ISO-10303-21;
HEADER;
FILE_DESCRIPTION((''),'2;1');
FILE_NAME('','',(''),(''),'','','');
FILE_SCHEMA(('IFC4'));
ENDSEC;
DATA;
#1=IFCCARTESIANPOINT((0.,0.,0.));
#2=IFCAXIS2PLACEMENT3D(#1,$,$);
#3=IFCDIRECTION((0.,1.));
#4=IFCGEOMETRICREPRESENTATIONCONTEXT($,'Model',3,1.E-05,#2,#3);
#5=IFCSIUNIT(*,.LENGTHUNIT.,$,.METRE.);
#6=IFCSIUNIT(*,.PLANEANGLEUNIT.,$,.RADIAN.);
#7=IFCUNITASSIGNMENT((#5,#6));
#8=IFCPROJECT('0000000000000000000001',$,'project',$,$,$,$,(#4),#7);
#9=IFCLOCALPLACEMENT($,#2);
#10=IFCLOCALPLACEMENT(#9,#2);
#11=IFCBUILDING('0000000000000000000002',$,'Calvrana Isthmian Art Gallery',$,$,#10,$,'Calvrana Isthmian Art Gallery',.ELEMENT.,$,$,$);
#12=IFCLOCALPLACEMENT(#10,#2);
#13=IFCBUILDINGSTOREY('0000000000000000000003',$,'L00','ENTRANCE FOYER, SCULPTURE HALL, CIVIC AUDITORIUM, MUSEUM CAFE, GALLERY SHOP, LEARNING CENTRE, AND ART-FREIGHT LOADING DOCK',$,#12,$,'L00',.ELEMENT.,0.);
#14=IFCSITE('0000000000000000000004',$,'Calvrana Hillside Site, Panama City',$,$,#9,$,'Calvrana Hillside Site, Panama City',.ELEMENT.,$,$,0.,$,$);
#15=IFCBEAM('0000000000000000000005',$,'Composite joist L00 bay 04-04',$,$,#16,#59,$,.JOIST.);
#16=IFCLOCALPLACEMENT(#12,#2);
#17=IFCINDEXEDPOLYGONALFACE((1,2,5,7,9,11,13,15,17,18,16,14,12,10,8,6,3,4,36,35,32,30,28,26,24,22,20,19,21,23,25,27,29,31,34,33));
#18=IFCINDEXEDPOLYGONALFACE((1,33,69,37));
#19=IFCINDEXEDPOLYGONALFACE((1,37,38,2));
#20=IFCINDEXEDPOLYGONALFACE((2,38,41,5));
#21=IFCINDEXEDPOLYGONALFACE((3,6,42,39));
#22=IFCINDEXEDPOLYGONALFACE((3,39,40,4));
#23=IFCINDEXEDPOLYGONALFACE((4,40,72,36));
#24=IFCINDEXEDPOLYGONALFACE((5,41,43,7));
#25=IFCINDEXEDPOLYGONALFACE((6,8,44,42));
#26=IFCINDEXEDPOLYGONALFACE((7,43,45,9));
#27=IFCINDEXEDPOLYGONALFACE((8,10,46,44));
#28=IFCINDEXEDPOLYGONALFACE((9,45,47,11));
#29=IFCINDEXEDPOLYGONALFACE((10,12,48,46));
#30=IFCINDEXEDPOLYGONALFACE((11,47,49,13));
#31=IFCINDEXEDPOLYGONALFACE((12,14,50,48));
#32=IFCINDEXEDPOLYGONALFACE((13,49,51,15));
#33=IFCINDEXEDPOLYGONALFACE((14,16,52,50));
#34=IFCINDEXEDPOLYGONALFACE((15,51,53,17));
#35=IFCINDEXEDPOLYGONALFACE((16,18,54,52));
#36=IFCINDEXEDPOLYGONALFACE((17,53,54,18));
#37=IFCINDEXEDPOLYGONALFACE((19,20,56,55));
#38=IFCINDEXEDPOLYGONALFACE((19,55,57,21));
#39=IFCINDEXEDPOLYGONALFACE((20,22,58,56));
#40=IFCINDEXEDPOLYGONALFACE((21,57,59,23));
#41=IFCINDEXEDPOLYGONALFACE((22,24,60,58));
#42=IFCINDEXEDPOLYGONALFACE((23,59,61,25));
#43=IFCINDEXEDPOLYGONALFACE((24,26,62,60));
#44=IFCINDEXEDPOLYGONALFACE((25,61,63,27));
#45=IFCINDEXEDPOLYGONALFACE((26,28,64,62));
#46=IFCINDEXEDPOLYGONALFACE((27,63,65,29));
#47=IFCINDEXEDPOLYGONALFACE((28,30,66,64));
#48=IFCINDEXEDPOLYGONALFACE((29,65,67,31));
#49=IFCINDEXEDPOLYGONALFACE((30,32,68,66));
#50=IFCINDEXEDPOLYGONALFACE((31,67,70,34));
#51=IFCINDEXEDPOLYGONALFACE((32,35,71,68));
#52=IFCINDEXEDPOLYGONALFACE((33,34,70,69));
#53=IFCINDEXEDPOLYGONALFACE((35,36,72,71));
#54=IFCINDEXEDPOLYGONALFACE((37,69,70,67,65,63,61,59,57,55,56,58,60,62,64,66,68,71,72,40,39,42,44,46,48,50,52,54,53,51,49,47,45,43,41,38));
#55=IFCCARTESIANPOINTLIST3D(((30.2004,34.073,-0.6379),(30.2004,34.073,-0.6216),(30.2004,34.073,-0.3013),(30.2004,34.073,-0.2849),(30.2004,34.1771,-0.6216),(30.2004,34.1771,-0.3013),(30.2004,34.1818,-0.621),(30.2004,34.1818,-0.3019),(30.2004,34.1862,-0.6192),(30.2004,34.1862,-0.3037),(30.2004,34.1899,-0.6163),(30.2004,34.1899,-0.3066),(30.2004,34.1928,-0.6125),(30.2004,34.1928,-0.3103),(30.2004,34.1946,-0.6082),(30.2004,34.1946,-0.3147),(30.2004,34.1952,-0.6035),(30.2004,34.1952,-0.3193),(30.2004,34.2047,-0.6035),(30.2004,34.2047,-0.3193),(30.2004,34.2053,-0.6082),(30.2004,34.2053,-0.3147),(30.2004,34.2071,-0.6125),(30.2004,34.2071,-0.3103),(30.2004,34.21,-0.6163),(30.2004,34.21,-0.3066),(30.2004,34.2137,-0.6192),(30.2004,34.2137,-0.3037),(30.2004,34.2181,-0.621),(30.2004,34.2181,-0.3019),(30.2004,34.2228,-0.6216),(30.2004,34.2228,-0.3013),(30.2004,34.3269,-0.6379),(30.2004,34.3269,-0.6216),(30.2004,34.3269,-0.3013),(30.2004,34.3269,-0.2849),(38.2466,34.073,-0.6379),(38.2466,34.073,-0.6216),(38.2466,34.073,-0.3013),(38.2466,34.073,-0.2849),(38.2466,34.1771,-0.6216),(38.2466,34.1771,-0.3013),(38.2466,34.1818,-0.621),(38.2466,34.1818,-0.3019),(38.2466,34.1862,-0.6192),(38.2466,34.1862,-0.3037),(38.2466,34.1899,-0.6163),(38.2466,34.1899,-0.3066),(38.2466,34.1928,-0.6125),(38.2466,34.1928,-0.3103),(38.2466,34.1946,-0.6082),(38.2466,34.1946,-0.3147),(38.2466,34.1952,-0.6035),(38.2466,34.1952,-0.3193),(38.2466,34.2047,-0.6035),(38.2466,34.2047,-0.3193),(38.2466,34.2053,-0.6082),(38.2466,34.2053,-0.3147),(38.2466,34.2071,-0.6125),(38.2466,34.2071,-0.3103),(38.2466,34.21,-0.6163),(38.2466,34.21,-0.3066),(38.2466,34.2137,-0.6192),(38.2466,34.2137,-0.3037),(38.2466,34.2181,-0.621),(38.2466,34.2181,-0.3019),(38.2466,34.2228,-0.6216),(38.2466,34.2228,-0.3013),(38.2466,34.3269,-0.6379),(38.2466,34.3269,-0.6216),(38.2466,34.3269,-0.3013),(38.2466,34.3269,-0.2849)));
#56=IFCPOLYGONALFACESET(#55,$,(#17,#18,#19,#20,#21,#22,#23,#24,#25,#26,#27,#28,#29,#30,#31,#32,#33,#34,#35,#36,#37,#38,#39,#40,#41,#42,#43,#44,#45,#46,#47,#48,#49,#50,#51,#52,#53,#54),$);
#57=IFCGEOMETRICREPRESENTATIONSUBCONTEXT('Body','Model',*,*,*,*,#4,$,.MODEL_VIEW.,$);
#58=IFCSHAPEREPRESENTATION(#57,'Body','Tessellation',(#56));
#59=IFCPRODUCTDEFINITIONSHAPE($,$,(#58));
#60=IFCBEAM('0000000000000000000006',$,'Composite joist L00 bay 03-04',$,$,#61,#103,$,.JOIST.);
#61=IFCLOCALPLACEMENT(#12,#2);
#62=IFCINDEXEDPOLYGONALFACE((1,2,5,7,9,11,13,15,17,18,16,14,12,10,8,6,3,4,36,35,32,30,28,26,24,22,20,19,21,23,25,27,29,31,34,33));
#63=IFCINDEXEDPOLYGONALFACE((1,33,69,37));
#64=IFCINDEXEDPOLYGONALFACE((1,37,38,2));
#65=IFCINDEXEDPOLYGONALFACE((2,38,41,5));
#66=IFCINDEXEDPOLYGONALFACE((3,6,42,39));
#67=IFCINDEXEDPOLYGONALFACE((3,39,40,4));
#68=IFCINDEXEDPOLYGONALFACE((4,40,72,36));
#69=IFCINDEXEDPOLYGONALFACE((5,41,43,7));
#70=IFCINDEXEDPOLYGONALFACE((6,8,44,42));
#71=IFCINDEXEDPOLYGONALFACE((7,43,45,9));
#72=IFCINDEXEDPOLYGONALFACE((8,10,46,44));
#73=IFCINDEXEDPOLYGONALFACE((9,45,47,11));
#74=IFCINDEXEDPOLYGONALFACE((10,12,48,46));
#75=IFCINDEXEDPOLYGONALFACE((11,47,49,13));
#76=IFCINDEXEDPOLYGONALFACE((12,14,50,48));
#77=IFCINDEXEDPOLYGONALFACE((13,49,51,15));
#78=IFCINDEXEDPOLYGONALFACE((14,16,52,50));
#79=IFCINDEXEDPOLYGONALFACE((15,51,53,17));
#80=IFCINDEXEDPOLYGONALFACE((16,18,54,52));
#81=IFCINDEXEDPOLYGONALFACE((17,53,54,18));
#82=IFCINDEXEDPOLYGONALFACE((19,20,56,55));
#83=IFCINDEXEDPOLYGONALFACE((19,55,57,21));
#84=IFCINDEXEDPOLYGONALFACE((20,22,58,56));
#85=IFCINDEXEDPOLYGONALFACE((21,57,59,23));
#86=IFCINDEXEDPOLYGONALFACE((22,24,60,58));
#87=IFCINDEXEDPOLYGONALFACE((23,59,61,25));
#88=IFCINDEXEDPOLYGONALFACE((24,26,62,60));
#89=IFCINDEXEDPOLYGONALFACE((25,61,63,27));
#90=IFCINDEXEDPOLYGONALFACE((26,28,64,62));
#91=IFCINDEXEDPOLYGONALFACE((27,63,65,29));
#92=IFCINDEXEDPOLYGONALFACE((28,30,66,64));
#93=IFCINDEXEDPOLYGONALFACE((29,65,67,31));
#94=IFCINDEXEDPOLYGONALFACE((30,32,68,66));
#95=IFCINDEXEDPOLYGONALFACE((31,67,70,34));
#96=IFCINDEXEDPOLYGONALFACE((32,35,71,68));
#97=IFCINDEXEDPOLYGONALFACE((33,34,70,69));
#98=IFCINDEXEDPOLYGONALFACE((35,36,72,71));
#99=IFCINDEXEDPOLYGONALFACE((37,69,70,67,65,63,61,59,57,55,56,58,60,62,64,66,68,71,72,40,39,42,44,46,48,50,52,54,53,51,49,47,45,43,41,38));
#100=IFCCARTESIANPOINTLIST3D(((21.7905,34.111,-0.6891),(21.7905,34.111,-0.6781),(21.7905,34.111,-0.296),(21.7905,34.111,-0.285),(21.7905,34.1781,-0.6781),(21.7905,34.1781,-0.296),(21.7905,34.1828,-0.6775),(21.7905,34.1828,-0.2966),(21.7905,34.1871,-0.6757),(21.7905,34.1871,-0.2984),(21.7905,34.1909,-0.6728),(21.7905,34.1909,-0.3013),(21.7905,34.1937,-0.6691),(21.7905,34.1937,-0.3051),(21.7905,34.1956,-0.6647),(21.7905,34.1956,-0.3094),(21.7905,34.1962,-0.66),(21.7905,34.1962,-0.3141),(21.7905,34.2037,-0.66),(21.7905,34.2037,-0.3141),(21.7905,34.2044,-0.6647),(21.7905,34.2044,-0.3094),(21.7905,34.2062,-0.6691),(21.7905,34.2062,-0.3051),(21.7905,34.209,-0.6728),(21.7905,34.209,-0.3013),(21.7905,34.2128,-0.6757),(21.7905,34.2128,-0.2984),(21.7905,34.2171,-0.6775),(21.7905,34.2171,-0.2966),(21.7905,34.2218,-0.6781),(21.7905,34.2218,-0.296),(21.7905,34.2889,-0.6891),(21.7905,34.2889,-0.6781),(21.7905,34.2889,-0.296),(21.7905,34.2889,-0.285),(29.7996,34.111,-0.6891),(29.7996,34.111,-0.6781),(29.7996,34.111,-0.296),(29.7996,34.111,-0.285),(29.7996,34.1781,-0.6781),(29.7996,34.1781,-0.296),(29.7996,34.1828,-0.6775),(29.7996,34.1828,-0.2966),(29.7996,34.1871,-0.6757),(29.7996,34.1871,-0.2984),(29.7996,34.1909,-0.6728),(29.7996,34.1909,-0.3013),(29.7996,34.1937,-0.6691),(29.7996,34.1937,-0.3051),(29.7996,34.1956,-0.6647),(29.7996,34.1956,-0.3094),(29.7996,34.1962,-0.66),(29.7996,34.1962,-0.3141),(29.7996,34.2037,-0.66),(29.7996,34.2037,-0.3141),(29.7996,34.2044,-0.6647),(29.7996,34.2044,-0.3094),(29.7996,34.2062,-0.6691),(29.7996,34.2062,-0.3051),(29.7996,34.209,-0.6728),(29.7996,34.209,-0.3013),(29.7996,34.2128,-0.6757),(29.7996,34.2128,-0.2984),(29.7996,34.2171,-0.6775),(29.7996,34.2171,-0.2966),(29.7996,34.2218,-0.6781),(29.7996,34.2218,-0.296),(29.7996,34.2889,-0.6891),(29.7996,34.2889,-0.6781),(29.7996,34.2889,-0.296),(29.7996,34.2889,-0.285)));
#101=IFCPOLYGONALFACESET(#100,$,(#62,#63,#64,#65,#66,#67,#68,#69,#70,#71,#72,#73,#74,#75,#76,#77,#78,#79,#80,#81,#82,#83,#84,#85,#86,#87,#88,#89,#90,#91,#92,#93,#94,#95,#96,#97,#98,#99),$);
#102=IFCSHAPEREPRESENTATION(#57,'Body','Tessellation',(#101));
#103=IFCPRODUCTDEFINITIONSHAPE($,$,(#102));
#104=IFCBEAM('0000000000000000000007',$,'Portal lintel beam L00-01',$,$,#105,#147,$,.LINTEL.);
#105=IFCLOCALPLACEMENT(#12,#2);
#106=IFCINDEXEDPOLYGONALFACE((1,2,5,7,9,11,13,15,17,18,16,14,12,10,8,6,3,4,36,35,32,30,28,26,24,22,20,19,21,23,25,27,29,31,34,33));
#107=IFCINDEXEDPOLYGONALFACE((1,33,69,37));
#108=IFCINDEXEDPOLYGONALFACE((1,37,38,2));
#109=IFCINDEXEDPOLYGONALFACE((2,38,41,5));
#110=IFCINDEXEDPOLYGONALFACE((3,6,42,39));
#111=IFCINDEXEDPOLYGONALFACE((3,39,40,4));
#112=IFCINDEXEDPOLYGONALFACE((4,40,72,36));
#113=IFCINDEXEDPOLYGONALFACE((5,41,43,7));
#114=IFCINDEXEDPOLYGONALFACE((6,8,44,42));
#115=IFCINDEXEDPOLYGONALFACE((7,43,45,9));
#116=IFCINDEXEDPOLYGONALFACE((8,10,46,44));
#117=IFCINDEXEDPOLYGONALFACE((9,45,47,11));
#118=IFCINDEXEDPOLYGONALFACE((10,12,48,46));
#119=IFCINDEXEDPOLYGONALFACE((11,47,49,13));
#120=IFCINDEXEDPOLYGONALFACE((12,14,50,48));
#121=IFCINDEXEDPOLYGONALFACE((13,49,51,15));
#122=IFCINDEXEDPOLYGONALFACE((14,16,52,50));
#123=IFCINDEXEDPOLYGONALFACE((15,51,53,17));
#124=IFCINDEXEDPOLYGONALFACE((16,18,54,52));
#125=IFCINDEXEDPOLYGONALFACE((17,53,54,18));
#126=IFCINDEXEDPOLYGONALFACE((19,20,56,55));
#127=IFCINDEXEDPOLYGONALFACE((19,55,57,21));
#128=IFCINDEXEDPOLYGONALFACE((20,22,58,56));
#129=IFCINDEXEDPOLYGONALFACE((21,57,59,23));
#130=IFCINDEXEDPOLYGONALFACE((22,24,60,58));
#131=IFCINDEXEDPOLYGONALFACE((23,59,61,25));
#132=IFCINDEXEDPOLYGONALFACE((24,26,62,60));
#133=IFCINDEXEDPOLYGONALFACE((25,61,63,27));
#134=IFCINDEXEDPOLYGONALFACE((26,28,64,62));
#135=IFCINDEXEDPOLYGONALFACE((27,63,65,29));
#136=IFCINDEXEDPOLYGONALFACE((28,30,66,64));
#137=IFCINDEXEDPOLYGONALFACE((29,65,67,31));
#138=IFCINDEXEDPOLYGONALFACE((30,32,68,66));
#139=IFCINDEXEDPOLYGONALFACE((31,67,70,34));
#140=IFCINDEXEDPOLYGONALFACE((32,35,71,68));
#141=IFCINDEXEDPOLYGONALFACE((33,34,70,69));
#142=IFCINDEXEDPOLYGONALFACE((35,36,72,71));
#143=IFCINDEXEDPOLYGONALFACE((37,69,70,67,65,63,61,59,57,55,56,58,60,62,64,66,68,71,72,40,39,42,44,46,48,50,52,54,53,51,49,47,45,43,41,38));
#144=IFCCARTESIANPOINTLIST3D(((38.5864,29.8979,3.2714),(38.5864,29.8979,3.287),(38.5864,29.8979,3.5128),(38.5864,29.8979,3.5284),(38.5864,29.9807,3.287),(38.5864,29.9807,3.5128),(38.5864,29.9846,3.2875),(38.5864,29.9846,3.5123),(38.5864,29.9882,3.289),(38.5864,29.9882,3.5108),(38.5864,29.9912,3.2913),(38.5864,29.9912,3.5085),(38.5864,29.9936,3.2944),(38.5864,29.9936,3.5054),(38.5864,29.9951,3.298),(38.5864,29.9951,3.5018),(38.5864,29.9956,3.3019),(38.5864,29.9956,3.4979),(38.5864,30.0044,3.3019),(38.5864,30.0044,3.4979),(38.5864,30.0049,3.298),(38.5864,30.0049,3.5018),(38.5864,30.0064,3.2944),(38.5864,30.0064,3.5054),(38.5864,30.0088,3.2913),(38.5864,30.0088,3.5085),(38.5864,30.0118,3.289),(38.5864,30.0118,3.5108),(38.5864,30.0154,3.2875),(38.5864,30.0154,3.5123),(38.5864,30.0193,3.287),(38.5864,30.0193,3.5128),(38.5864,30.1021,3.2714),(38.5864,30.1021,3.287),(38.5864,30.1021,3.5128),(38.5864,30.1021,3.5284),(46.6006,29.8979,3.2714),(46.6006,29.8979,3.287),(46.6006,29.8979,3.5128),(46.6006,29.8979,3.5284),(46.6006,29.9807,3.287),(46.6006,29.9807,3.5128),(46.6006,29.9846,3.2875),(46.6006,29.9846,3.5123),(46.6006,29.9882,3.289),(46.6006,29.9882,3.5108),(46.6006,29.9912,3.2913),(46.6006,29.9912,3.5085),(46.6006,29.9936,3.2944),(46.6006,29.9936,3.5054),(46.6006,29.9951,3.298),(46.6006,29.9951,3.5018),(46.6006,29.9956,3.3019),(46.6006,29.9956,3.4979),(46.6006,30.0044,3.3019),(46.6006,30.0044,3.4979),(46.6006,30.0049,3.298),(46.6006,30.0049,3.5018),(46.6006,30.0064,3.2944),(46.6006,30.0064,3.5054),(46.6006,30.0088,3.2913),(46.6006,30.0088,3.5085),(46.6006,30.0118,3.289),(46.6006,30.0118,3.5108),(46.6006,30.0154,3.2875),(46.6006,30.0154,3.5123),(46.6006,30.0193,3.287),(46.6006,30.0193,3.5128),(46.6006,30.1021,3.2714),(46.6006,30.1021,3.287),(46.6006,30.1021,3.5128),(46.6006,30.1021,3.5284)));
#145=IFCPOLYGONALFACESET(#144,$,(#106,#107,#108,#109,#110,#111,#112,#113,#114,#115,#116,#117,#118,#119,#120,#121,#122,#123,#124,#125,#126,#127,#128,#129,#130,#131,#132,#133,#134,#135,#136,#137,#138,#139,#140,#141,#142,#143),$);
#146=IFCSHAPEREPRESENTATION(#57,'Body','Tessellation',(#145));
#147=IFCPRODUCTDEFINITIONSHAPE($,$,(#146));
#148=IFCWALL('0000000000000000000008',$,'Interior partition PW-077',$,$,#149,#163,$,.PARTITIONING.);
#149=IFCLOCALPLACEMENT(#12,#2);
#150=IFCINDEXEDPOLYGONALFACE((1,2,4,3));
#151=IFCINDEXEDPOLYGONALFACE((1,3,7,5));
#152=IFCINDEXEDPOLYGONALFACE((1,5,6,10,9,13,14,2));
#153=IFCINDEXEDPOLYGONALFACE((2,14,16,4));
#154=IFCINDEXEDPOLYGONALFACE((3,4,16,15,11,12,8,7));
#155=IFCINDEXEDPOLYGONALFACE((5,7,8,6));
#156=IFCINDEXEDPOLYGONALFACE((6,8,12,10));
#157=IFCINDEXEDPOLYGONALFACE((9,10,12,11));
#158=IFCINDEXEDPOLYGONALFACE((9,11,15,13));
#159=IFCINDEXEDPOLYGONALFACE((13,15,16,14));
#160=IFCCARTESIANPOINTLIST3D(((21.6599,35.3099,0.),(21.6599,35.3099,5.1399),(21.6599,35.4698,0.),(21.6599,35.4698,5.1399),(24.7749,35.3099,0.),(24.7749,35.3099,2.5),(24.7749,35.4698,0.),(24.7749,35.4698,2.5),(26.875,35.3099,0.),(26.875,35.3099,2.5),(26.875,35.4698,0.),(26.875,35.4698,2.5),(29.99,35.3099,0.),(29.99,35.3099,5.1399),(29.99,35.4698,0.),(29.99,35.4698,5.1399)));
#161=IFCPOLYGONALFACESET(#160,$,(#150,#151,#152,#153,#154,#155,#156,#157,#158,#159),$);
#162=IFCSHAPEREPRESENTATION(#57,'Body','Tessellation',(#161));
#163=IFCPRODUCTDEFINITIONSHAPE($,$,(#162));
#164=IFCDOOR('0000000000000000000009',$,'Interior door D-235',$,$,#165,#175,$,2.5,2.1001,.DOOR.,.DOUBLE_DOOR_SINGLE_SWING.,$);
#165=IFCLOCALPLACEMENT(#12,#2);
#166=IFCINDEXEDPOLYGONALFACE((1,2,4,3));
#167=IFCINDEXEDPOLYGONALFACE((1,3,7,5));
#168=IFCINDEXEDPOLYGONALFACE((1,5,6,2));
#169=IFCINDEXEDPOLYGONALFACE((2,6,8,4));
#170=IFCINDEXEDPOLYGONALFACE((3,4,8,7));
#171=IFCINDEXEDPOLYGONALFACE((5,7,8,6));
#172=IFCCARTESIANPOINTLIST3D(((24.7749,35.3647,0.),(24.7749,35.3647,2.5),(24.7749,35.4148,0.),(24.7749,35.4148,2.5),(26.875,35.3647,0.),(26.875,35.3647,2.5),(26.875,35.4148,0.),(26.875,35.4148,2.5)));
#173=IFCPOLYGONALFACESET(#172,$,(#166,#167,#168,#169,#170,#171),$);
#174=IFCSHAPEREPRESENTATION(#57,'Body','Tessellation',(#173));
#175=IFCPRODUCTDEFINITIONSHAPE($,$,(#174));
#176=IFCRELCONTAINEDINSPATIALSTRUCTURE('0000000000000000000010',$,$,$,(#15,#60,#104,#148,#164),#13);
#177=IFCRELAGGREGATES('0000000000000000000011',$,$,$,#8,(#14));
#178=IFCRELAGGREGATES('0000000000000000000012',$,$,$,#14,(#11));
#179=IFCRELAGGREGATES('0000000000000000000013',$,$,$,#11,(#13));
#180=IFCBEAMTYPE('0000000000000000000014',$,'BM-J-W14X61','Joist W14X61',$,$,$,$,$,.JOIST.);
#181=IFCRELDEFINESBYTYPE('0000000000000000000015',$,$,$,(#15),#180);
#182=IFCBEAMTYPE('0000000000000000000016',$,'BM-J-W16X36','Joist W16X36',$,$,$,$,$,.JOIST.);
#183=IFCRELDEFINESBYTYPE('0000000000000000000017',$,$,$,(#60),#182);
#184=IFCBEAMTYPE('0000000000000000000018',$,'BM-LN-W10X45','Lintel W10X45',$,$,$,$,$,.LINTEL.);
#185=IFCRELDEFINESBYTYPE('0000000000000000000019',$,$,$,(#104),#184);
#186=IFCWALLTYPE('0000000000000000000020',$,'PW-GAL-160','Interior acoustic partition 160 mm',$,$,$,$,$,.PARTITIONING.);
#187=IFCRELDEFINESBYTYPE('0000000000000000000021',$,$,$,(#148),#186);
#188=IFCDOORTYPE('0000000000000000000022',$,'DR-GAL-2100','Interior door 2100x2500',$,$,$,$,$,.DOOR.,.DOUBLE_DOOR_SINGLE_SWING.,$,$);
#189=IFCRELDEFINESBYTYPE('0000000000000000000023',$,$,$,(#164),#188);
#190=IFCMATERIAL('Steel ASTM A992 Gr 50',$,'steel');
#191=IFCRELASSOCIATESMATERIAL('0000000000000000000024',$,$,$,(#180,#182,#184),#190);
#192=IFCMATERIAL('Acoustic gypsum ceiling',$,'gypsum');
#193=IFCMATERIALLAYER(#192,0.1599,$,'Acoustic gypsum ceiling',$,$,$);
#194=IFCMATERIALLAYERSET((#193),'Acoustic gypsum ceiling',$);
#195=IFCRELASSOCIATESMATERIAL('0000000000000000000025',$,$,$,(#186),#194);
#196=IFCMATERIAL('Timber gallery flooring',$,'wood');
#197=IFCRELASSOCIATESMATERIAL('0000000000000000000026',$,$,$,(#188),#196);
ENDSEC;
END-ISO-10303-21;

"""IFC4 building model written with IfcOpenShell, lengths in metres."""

from ifc_helpers import new_model, si_unit, direction, frame, frame_2d, origin, origin_2d, place, context, subcontext, project, spatial, rectangle, i_section, extrude, material, layer, layer_set, material_profile, profile_set, type_object, element, fill, save


model = new_model("IFC4")

# Units and contexts
model_context = context("Model", 3, precision=1e-05, world=origin(), true_north=direction((0.0, 1.0)))
body_context = subcontext(model_context, "Body", "Model", "MODEL_VIEW")
ifc_project = project(units=[si_unit("LENGTHUNIT", "METRE"), si_unit("PLANEANGLEUNIT", "RADIAN")], contexts=[model_context])

# Site, building, storey
site_placement = place(None, origin())
site = spatial("IfcSite", under=ifc_project, at=site_placement, Name="Calvrana Hillside Site, Panama City", LongName="Calvrana Hillside Site, Panama City", CompositionType="ELEMENT", RefElevation=0.0)
building_placement = place(site_placement, origin())
building = spatial("IfcBuilding", under=site, at=building_placement, Name="Calvrana Isthmian Art Gallery", LongName="Calvrana Isthmian Art Gallery", CompositionType="ELEMENT")
storey_placement = place(building_placement, origin())
storey = spatial("IfcBuildingStorey", under=building, at=storey_placement, Name="L00", Description="ENTRANCE FOYER, SCULPTURE HALL, CIVIC AUDITORIUM, MUSEUM CAFE, GALLERY SHOP, LEARNING CENTRE, AND ART-FREIGHT LOADING DOCK", LongName="L00", CompositionType="ELEMENT", Elevation=0.0)

# Shared definitions
ifc_material_1 = material(Name="Steel ASTM A992 Gr 50", Category="steel")

# Beams
ifc_material_profile_1 = material_profile(ifc_material_1, i_section(OverallWidth=0.2539, OverallDepth=0.353, WebThickness=0.0095, FlangeThickness=0.0164, FilletRadius=0.0181, at=origin_2d()), Name="W14X61")
ifc_profile_set_1 = profile_set([ifc_material_profile_1], Name="Steel ASTM A992 Gr 50")
beam_type_1 = type_object("IfcBeamType", Name="BM-J-W14X61", Description="Joist W14X61", PredefinedType="JOIST", material=ifc_profile_set_1)
beam_1_placement = place(storey_placement, frame((30.2004, 34.2, -0.4614), z_axis=(1.0, 0.0, 0.0), x_axis=(0.0, 1.0, 0.0)))
element("IfcBeam", 1, at=beam_1_placement, inside=storey, type_object=beam_type_1, Name="Composite joist L00 bay 04-04", PredefinedType="JOIST", context=body_context, shape_type="SweptSolid", body=[
    extrude(i_section(OverallWidth=0.2539, OverallDepth=0.353, WebThickness=0.0095, FlangeThickness=0.0164, FilletRadius=0.0181, at=origin_2d()), origin(), (0.0, 0.0, 1.0), 8.0461),
])
ifc_material_profile_2 = material_profile(ifc_material_1, i_section(OverallWidth=0.178, OverallDepth=0.4041, WebThickness=0.0076, FlangeThickness=0.011, FilletRadius=0.0181, at=origin_2d()), Name="W16X36")
ifc_profile_set_2 = profile_set([ifc_material_profile_2], Name="Steel ASTM A992 Gr 50")
beam_type_2 = type_object("IfcBeamType", Name="BM-J-W16X36", Description="Joist W16X36", PredefinedType="JOIST", material=ifc_profile_set_2)
beam_2_placement = place(storey_placement, frame((21.7905, 34.2, -0.4871), z_axis=(1.0, 0.0, 0.0), x_axis=(0.0, 1.0, 0.0)))
element("IfcBeam", 2, at=beam_2_placement, inside=storey, type_object=beam_type_2, Name="Composite joist L00 bay 03-04", PredefinedType="JOIST", context=body_context, shape_type="SweptSolid", body=[
    extrude(i_section(OverallWidth=0.178, OverallDepth=0.4041, WebThickness=0.0076, FlangeThickness=0.011, FilletRadius=0.0181, at=origin_2d()), origin(), (0.0, 0.0, 1.0), 8.009),
])
ifc_material_profile_3 = material_profile(ifc_material_1, i_section(OverallWidth=0.2041, OverallDepth=0.2571, WebThickness=0.0088, FlangeThickness=0.0156, FilletRadius=0.0149, at=origin_2d()), Name="W10X45")
ifc_profile_set_3 = profile_set([ifc_material_profile_3], Name="Steel ASTM A992 Gr 50")
beam_type_3 = type_object("IfcBeamType", Name="BM-LN-W10X45", Description="Lintel W10X45", PredefinedType="LINTEL", material=ifc_profile_set_3)
beam_3_placement = place(storey_placement, frame((38.5864, 30.0, 3.3999), z_axis=(1.0, 0.0, 0.0), x_axis=(0.0, 1.0, 0.0)))
element("IfcBeam", 3, at=beam_3_placement, inside=storey, type_object=beam_type_3, Name="Portal lintel beam L00-01", PredefinedType="LINTEL", context=body_context, shape_type="SweptSolid", body=[
    extrude(i_section(OverallWidth=0.2041, OverallDepth=0.2571, WebThickness=0.0088, FlangeThickness=0.0156, FilletRadius=0.0149, at=origin_2d()), origin(), (0.0, 0.0, 1.0), 8.0142),
])

# Wall, opening, door
ifc_material_2 = material(Name="Acoustic gypsum ceiling", Category="gypsum")
ifc_layer = layer(ifc_material_2, 0.1599, Name="Acoustic gypsum ceiling")
ifc_layer_set = layer_set([ifc_layer], Name="Acoustic gypsum ceiling")
wall_type = type_object("IfcWallType", Name="PW-GAL-160", Description="Interior acoustic partition 160 mm", PredefinedType="PARTITIONING", material=ifc_layer_set)
wall_1_placement = place(storey_placement, frame((21.6599, 35.3899, 0.0), z_axis=(0.0, 0.0, 1.0), x_axis=(1.0, 0.0, 0.0)))
wall_1 = element("IfcWall", 4, at=wall_1_placement, inside=storey, type_object=wall_type, Name="Interior partition PW-077", PredefinedType="PARTITIONING", context=body_context, shape_type="SweptSolid", body=[
    extrude(rectangle(XDim=8.3301, YDim=0.1599, at=frame_2d((4.165, 0.0))), origin(), (0.0, 0.0, 1.0), 5.1399),
])
opening_1_placement = place(wall_1_placement, frame((3.115, 0.0, 0.0)))
opening_1 = element("IfcOpeningElement", 5, at=opening_1_placement, cuts=wall_1, PredefinedType="OPENING", context=body_context, shape_type="SweptSolid", body=[
    extrude(rectangle(XDim=2.1001, YDim=2.5, at=frame_2d((1.05, 1.25))), frame((0.0, 0.0903, 0.0), z_axis=(0.0, -1.0, 0.0), x_axis=(1.0, 0.0, 0.0)), (0.0, 0.0, 1.0), 0.1804),
])
ifc_material_3 = material(Name="Timber gallery flooring", Category="wood")
door_type_1 = type_object("IfcDoorType", Name="DR-GAL-2100", Description="Interior door 2100x2500", OperationType="DOUBLE_DOOR_SINGLE_SWING", PredefinedType="DOOR", material=ifc_material_3)
door_1_placement = place(opening_1_placement, origin())
door_1 = element("IfcDoor", 6, at=door_1_placement, inside=storey, type_object=door_type_1, Name="Interior door D-235", OperationType="DOUBLE_DOOR_SINGLE_SWING", OverallHeight=2.5, OverallWidth=2.1001, PredefinedType="DOOR", context=body_context, shape_type="SweptSolid", body=[
    extrude(rectangle(XDim=2.1001, YDim=2.5, at=frame_2d((1.05, 1.25))), frame((0.0, 0.0249, 0.0), z_axis=(0.0, -1.0, 0.0), x_axis=(1.0, 0.0, 0.0)), (0.0, 0.0, 1.0), 0.05),
])
fill(opening_1, door_1)

save(model, "model.ifc")
